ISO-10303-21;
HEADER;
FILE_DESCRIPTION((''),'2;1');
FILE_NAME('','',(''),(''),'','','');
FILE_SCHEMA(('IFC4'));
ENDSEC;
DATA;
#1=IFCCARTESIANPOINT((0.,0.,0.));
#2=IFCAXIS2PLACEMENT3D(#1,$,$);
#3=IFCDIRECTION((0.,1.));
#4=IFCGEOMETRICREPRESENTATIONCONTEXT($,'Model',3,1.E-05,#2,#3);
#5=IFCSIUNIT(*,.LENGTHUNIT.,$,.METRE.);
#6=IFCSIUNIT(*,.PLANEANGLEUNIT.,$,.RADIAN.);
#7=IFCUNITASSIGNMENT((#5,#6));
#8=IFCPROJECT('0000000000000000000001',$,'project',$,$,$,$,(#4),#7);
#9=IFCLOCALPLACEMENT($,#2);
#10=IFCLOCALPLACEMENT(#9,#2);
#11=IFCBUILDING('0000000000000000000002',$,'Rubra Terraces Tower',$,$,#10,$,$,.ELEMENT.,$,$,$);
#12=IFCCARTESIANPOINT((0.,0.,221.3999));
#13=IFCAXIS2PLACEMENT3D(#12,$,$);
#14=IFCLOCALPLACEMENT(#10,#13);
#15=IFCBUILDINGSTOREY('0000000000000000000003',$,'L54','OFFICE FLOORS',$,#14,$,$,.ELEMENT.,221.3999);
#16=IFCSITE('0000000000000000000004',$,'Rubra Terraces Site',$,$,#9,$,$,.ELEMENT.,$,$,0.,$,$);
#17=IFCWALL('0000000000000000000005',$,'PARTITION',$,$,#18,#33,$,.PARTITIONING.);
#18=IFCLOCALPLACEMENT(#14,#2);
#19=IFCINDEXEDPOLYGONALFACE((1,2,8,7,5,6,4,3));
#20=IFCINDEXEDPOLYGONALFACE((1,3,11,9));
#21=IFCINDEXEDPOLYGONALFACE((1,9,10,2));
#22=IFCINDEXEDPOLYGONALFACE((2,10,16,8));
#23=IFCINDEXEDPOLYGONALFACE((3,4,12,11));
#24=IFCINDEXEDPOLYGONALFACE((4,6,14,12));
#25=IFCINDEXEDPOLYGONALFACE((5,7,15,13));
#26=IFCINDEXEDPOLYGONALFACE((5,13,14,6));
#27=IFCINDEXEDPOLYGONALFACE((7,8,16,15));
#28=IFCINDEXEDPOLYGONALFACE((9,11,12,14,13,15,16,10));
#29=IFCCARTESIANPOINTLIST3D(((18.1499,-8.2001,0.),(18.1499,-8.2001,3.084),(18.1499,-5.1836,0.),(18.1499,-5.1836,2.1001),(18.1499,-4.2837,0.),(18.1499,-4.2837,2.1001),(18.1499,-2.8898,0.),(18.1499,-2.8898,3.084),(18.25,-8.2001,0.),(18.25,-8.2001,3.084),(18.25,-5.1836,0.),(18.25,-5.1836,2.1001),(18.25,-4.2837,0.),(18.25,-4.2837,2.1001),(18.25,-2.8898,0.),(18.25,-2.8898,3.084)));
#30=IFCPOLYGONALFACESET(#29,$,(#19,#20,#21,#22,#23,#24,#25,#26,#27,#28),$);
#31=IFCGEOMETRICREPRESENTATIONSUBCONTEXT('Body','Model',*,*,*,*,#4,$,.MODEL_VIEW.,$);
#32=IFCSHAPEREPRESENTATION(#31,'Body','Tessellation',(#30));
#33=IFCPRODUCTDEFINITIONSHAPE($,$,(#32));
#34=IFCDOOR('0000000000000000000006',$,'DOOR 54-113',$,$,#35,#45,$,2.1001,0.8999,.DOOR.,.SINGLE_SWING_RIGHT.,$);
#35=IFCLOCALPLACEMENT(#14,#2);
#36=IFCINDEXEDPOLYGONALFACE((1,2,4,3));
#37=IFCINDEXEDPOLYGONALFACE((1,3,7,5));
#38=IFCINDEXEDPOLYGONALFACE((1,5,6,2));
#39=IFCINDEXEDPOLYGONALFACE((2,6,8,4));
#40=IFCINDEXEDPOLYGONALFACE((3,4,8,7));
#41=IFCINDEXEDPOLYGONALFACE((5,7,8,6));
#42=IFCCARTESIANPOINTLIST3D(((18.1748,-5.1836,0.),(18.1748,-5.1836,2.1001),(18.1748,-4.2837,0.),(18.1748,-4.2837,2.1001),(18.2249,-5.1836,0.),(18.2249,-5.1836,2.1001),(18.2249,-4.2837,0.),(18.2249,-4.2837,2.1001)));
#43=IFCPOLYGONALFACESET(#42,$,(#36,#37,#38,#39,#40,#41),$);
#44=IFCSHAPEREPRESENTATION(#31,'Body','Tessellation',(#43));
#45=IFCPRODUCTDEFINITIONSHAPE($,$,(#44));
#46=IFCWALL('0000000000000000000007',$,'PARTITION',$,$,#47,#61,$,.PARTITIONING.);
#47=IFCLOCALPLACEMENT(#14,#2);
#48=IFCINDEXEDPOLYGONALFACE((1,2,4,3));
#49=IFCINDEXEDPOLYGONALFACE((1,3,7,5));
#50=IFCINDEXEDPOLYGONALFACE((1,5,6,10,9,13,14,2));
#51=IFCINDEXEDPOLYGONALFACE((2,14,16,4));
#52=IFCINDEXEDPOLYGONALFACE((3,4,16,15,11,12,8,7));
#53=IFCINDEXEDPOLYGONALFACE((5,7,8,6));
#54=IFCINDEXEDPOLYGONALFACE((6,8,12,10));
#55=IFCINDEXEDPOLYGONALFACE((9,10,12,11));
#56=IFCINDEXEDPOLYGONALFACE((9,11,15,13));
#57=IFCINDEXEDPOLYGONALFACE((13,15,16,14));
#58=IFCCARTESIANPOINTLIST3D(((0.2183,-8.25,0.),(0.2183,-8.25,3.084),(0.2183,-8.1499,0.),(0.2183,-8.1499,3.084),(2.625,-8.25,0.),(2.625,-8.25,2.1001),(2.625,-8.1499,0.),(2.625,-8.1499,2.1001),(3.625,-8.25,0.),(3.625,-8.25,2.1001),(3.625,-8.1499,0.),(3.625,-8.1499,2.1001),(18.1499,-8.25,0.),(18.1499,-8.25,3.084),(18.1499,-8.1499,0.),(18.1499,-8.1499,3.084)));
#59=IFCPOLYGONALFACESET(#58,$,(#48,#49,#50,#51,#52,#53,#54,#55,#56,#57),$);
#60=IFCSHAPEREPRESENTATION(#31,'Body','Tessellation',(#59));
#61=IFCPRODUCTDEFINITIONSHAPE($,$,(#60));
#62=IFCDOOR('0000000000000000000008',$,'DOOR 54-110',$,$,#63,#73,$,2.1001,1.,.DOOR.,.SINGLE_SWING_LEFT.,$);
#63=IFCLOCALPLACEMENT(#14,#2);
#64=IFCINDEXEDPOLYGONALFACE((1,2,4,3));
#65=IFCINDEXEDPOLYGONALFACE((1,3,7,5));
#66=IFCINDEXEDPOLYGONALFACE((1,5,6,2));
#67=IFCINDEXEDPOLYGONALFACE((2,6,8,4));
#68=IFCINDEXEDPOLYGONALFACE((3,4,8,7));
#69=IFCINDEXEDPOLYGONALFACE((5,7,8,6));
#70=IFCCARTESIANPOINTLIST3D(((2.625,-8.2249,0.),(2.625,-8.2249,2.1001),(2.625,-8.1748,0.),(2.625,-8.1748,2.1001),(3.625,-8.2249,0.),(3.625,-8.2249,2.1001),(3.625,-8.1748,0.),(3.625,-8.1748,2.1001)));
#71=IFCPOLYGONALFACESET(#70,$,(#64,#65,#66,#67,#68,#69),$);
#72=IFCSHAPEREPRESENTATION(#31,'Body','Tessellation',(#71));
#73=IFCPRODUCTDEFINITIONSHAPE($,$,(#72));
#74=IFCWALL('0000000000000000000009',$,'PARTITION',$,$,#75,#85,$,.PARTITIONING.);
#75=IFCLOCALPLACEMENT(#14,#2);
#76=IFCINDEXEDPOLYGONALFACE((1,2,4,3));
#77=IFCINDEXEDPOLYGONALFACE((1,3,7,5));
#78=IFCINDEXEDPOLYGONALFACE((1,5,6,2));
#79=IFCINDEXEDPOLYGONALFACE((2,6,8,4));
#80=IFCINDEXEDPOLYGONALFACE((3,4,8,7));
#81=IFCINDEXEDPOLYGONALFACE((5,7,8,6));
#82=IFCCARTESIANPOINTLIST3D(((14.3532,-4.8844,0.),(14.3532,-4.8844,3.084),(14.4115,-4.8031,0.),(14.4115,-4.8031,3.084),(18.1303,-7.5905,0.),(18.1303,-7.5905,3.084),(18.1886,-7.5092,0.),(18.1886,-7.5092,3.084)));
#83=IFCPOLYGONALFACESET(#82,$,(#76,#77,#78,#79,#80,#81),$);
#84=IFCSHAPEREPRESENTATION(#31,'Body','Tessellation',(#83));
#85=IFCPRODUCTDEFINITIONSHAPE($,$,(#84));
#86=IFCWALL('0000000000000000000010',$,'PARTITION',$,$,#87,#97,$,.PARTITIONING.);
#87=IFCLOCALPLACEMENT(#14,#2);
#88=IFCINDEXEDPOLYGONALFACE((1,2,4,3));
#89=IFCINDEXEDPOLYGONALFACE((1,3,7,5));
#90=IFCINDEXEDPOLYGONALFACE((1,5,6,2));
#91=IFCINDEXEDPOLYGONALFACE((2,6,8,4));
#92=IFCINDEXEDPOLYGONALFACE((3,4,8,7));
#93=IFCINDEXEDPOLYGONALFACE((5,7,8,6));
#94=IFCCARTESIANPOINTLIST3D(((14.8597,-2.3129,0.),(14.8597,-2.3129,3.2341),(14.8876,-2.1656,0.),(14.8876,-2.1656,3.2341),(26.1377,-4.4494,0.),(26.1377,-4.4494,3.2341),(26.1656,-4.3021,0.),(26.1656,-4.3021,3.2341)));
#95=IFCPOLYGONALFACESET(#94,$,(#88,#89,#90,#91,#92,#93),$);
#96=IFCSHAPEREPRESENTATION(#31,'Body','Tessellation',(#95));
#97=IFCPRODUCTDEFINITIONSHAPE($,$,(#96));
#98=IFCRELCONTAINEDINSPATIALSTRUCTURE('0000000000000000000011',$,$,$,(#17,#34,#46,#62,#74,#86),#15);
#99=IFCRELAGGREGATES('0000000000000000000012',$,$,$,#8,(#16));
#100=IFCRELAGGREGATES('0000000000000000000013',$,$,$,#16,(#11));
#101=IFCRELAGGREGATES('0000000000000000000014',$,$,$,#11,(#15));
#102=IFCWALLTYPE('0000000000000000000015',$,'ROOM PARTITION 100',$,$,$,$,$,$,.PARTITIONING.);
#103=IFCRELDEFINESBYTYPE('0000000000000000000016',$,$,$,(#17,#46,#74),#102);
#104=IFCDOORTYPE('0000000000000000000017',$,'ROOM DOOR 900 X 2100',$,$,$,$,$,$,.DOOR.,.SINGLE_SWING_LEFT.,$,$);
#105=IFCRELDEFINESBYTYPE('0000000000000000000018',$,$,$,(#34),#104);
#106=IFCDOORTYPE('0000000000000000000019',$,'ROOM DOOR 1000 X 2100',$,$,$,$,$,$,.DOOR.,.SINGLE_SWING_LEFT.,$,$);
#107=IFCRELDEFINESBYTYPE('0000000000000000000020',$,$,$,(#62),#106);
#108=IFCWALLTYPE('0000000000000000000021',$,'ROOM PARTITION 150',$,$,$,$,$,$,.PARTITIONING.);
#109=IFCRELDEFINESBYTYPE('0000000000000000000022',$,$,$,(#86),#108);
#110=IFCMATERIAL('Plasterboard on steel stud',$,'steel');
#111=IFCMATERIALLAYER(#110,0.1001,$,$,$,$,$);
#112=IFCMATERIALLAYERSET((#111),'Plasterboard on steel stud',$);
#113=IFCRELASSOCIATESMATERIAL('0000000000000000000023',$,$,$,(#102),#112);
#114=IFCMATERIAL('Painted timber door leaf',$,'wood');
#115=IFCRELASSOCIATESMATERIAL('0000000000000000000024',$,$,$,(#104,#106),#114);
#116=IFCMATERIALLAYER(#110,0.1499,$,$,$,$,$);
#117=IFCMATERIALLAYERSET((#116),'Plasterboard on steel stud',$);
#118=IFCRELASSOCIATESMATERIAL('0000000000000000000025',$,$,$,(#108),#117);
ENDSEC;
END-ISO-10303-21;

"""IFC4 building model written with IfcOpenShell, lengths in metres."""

from ifc_helpers import new_model, si_unit, direction, frame, frame_2d, origin, place, context, subcontext, project, spatial, rectangle, extrude, material, layer, layer_set, type_object, element, fill, save


model = new_model("IFC4")

# Units and contexts
model_context = context("Model", 3, precision=1e-05, world=origin(), true_north=direction((0.0, 1.0)))
body_context = subcontext(model_context, "Body", "Model", "MODEL_VIEW")
ifc_project = project(units=[si_unit("LENGTHUNIT", "METRE"), si_unit("PLANEANGLEUNIT", "RADIAN")], contexts=[model_context])

# Site, building, storey
site_placement = place(None, origin())
site = spatial("IfcSite", under=ifc_project, at=site_placement, Name="Rubra Terraces Site", CompositionType="ELEMENT", RefElevation=0.0)
building_placement = place(site_placement, origin())
building = spatial("IfcBuilding", under=site, at=building_placement, Name="Rubra Terraces Tower", CompositionType="ELEMENT")
storey_placement = place(building_placement, frame((0.0, 0.0, 221.3999)))
storey = spatial("IfcBuildingStorey", under=building, at=storey_placement, Name="L54", Description="OFFICE FLOORS", CompositionType="ELEMENT", Elevation=221.3999)

# Walls, openings, doors
ifc_material_1 = material(Name="Plasterboard on steel stud", Category="steel")
ifc_layer_1 = layer(ifc_material_1, 0.1001)
ifc_layer_set_1 = layer_set([ifc_layer_1], Name="Plasterboard on steel stud")
wall_type_1 = type_object("IfcWallType", Name="ROOM PARTITION 100", PredefinedType="PARTITIONING", material=ifc_layer_set_1)
wall_1_placement = place(storey_placement, frame((18.2, -2.8896, 0.0), z_axis=(0.0, 0.0, 1.0), x_axis=(0.0, -1.0, 0.0)))
wall_1 = element("IfcWall", 1, at=wall_1_placement, inside=storey, type_object=wall_type_1, Name="PARTITION", PredefinedType="PARTITIONING", context=body_context, shape_type="SweptSolid", body=[
    extrude(rectangle(XDim=5.3103, YDim=0.1001, at=frame_2d((2.6553, 0.0))), origin(), (0.0, 0.0, 1.0), 3.084),
])
opening_1_placement = place(wall_1_placement, frame((1.394, 0.0, 0.0)))
opening_1 = element("IfcOpeningElement", 2, at=opening_1_placement, cuts=wall_1, PredefinedType="OPENING", context=body_context, shape_type="SweptSolid", body=[
    extrude(rectangle(XDim=0.8999, YDim=2.1001, at=frame_2d((0.45, 1.05))), frame((0.0, 0.0601, 0.0), z_axis=(0.0, -1.0, 0.0), x_axis=(1.0, 0.0, 0.0)), (0.0, 0.0, 1.0), 0.1201),
])
ifc_material_2 = material(Name="Painted timber door leaf", Category="wood")
door_type_1 = type_object("IfcDoorType", Name="ROOM DOOR 900 X 2100", OperationType="SINGLE_SWING_LEFT", PredefinedType="DOOR", material=ifc_material_2)
door_1_placement = place(opening_1_placement, origin())
door_1 = element("IfcDoor", 3, at=door_1_placement, inside=storey, type_object=door_type_1, Name="DOOR 54-113", OperationType="SINGLE_SWING_RIGHT", OverallHeight=2.1001, OverallWidth=0.8999, PredefinedType="DOOR", context=body_context, shape_type="SweptSolid", body=[
    extrude(rectangle(XDim=0.8999, YDim=2.1001, at=frame_2d((0.45, 1.05))), frame((0.0, 0.0249, 0.0), z_axis=(0.0, -1.0, 0.0), x_axis=(1.0, 0.0, 0.0)), (0.0, 0.0, 1.0), 0.05),
])
fill(opening_1, door_1)
wall_2_placement = place(storey_placement, frame((18.1499, -8.2, 0.0), z_axis=(0.0, 0.0, 1.0), x_axis=(-1.0, 0.0, 0.0)))
wall_2 = element("IfcWall", 4, at=wall_2_placement, inside=storey, type_object=wall_type_1, Name="PARTITION", PredefinedType="PARTITIONING", context=body_context, shape_type="SweptSolid", body=[
    extrude(rectangle(XDim=17.9316, YDim=0.1001, at=frame_2d((8.9658, 0.0))), origin(), (0.0, 0.0, 1.0), 3.084),
])
opening_2_placement = place(wall_2_placement, frame((14.5249, 0.0, 0.0)))
opening_2 = element("IfcOpeningElement", 5, at=opening_2_placement, cuts=wall_2, PredefinedType="OPENING", context=body_context, shape_type="SweptSolid", body=[
    extrude(rectangle(XDim=1.0, YDim=2.1001, at=frame_2d((0.5, 1.05))), frame((0.0, 0.0601, 0.0), z_axis=(0.0, -1.0, 0.0), x_axis=(1.0, 0.0, 0.0)), (0.0, 0.0, 1.0), 0.1201),
])
door_type_2 = type_object("IfcDoorType", Name="ROOM DOOR 1000 X 2100", OperationType="SINGLE_SWING_LEFT", PredefinedType="DOOR", material=ifc_material_2)
door_2_placement = place(opening_2_placement, origin())
door_2 = element("IfcDoor", 6, at=door_2_placement, inside=storey, type_object=door_type_2, Name="DOOR 54-110", OperationType="SINGLE_SWING_LEFT", OverallHeight=2.1001, OverallWidth=1.0, PredefinedType="DOOR", context=body_context, shape_type="SweptSolid", body=[
    extrude(rectangle(XDim=1.0, YDim=2.1001, at=frame_2d((0.5, 1.05))), frame((0.0, 0.0249, 0.0), z_axis=(0.0, -1.0, 0.0), x_axis=(1.0, 0.0, 0.0)), (0.0, 0.0, 1.0), 0.05),
])
fill(opening_2, door_2)

# Walls
wall_3_placement = place(storey_placement, frame((14.3823, -4.8438, 0.0), z_axis=(0.0, 0.0, 1.0), x_axis=(0.812905, -0.582396, 0.0)))
element("IfcWall", 7, at=wall_3_placement, inside=storey, type_object=wall_type_1, Name="PARTITION", PredefinedType="PARTITIONING", context=body_context, shape_type="SweptSolid", body=[
    extrude(rectangle(XDim=4.6465, YDim=0.1001, at=frame_2d((2.3232, 0.0))), origin(), (0.0, 0.0, 1.0), 3.084),
])
ifc_layer_2 = layer(ifc_material_1, 0.1499)
ifc_layer_set_2 = layer_set([ifc_layer_2], Name="Plasterboard on steel stud")
wall_type_2 = type_object("IfcWallType", Name="ROOM PARTITION 150", PredefinedType="PARTITIONING", material=ifc_layer_set_2)
wall_4_placement = place(storey_placement, frame((26.1516, -4.3757, 0.0), z_axis=(0.0, 0.0, 1.0), x_axis=(-0.982525, 0.18613, 0.0)))
element("IfcWall", 8, at=wall_4_placement, inside=storey, type_object=wall_type_2, Name="PARTITION", PredefinedType="PARTITIONING", context=body_context, shape_type="SweptSolid", body=[
    extrude(rectangle(XDim=11.4785, YDim=0.1499, at=frame_2d((5.7393, 0.0))), origin(), (0.0, 0.0, 1.0), 3.2341),
])

save(model, "model.ifc")
